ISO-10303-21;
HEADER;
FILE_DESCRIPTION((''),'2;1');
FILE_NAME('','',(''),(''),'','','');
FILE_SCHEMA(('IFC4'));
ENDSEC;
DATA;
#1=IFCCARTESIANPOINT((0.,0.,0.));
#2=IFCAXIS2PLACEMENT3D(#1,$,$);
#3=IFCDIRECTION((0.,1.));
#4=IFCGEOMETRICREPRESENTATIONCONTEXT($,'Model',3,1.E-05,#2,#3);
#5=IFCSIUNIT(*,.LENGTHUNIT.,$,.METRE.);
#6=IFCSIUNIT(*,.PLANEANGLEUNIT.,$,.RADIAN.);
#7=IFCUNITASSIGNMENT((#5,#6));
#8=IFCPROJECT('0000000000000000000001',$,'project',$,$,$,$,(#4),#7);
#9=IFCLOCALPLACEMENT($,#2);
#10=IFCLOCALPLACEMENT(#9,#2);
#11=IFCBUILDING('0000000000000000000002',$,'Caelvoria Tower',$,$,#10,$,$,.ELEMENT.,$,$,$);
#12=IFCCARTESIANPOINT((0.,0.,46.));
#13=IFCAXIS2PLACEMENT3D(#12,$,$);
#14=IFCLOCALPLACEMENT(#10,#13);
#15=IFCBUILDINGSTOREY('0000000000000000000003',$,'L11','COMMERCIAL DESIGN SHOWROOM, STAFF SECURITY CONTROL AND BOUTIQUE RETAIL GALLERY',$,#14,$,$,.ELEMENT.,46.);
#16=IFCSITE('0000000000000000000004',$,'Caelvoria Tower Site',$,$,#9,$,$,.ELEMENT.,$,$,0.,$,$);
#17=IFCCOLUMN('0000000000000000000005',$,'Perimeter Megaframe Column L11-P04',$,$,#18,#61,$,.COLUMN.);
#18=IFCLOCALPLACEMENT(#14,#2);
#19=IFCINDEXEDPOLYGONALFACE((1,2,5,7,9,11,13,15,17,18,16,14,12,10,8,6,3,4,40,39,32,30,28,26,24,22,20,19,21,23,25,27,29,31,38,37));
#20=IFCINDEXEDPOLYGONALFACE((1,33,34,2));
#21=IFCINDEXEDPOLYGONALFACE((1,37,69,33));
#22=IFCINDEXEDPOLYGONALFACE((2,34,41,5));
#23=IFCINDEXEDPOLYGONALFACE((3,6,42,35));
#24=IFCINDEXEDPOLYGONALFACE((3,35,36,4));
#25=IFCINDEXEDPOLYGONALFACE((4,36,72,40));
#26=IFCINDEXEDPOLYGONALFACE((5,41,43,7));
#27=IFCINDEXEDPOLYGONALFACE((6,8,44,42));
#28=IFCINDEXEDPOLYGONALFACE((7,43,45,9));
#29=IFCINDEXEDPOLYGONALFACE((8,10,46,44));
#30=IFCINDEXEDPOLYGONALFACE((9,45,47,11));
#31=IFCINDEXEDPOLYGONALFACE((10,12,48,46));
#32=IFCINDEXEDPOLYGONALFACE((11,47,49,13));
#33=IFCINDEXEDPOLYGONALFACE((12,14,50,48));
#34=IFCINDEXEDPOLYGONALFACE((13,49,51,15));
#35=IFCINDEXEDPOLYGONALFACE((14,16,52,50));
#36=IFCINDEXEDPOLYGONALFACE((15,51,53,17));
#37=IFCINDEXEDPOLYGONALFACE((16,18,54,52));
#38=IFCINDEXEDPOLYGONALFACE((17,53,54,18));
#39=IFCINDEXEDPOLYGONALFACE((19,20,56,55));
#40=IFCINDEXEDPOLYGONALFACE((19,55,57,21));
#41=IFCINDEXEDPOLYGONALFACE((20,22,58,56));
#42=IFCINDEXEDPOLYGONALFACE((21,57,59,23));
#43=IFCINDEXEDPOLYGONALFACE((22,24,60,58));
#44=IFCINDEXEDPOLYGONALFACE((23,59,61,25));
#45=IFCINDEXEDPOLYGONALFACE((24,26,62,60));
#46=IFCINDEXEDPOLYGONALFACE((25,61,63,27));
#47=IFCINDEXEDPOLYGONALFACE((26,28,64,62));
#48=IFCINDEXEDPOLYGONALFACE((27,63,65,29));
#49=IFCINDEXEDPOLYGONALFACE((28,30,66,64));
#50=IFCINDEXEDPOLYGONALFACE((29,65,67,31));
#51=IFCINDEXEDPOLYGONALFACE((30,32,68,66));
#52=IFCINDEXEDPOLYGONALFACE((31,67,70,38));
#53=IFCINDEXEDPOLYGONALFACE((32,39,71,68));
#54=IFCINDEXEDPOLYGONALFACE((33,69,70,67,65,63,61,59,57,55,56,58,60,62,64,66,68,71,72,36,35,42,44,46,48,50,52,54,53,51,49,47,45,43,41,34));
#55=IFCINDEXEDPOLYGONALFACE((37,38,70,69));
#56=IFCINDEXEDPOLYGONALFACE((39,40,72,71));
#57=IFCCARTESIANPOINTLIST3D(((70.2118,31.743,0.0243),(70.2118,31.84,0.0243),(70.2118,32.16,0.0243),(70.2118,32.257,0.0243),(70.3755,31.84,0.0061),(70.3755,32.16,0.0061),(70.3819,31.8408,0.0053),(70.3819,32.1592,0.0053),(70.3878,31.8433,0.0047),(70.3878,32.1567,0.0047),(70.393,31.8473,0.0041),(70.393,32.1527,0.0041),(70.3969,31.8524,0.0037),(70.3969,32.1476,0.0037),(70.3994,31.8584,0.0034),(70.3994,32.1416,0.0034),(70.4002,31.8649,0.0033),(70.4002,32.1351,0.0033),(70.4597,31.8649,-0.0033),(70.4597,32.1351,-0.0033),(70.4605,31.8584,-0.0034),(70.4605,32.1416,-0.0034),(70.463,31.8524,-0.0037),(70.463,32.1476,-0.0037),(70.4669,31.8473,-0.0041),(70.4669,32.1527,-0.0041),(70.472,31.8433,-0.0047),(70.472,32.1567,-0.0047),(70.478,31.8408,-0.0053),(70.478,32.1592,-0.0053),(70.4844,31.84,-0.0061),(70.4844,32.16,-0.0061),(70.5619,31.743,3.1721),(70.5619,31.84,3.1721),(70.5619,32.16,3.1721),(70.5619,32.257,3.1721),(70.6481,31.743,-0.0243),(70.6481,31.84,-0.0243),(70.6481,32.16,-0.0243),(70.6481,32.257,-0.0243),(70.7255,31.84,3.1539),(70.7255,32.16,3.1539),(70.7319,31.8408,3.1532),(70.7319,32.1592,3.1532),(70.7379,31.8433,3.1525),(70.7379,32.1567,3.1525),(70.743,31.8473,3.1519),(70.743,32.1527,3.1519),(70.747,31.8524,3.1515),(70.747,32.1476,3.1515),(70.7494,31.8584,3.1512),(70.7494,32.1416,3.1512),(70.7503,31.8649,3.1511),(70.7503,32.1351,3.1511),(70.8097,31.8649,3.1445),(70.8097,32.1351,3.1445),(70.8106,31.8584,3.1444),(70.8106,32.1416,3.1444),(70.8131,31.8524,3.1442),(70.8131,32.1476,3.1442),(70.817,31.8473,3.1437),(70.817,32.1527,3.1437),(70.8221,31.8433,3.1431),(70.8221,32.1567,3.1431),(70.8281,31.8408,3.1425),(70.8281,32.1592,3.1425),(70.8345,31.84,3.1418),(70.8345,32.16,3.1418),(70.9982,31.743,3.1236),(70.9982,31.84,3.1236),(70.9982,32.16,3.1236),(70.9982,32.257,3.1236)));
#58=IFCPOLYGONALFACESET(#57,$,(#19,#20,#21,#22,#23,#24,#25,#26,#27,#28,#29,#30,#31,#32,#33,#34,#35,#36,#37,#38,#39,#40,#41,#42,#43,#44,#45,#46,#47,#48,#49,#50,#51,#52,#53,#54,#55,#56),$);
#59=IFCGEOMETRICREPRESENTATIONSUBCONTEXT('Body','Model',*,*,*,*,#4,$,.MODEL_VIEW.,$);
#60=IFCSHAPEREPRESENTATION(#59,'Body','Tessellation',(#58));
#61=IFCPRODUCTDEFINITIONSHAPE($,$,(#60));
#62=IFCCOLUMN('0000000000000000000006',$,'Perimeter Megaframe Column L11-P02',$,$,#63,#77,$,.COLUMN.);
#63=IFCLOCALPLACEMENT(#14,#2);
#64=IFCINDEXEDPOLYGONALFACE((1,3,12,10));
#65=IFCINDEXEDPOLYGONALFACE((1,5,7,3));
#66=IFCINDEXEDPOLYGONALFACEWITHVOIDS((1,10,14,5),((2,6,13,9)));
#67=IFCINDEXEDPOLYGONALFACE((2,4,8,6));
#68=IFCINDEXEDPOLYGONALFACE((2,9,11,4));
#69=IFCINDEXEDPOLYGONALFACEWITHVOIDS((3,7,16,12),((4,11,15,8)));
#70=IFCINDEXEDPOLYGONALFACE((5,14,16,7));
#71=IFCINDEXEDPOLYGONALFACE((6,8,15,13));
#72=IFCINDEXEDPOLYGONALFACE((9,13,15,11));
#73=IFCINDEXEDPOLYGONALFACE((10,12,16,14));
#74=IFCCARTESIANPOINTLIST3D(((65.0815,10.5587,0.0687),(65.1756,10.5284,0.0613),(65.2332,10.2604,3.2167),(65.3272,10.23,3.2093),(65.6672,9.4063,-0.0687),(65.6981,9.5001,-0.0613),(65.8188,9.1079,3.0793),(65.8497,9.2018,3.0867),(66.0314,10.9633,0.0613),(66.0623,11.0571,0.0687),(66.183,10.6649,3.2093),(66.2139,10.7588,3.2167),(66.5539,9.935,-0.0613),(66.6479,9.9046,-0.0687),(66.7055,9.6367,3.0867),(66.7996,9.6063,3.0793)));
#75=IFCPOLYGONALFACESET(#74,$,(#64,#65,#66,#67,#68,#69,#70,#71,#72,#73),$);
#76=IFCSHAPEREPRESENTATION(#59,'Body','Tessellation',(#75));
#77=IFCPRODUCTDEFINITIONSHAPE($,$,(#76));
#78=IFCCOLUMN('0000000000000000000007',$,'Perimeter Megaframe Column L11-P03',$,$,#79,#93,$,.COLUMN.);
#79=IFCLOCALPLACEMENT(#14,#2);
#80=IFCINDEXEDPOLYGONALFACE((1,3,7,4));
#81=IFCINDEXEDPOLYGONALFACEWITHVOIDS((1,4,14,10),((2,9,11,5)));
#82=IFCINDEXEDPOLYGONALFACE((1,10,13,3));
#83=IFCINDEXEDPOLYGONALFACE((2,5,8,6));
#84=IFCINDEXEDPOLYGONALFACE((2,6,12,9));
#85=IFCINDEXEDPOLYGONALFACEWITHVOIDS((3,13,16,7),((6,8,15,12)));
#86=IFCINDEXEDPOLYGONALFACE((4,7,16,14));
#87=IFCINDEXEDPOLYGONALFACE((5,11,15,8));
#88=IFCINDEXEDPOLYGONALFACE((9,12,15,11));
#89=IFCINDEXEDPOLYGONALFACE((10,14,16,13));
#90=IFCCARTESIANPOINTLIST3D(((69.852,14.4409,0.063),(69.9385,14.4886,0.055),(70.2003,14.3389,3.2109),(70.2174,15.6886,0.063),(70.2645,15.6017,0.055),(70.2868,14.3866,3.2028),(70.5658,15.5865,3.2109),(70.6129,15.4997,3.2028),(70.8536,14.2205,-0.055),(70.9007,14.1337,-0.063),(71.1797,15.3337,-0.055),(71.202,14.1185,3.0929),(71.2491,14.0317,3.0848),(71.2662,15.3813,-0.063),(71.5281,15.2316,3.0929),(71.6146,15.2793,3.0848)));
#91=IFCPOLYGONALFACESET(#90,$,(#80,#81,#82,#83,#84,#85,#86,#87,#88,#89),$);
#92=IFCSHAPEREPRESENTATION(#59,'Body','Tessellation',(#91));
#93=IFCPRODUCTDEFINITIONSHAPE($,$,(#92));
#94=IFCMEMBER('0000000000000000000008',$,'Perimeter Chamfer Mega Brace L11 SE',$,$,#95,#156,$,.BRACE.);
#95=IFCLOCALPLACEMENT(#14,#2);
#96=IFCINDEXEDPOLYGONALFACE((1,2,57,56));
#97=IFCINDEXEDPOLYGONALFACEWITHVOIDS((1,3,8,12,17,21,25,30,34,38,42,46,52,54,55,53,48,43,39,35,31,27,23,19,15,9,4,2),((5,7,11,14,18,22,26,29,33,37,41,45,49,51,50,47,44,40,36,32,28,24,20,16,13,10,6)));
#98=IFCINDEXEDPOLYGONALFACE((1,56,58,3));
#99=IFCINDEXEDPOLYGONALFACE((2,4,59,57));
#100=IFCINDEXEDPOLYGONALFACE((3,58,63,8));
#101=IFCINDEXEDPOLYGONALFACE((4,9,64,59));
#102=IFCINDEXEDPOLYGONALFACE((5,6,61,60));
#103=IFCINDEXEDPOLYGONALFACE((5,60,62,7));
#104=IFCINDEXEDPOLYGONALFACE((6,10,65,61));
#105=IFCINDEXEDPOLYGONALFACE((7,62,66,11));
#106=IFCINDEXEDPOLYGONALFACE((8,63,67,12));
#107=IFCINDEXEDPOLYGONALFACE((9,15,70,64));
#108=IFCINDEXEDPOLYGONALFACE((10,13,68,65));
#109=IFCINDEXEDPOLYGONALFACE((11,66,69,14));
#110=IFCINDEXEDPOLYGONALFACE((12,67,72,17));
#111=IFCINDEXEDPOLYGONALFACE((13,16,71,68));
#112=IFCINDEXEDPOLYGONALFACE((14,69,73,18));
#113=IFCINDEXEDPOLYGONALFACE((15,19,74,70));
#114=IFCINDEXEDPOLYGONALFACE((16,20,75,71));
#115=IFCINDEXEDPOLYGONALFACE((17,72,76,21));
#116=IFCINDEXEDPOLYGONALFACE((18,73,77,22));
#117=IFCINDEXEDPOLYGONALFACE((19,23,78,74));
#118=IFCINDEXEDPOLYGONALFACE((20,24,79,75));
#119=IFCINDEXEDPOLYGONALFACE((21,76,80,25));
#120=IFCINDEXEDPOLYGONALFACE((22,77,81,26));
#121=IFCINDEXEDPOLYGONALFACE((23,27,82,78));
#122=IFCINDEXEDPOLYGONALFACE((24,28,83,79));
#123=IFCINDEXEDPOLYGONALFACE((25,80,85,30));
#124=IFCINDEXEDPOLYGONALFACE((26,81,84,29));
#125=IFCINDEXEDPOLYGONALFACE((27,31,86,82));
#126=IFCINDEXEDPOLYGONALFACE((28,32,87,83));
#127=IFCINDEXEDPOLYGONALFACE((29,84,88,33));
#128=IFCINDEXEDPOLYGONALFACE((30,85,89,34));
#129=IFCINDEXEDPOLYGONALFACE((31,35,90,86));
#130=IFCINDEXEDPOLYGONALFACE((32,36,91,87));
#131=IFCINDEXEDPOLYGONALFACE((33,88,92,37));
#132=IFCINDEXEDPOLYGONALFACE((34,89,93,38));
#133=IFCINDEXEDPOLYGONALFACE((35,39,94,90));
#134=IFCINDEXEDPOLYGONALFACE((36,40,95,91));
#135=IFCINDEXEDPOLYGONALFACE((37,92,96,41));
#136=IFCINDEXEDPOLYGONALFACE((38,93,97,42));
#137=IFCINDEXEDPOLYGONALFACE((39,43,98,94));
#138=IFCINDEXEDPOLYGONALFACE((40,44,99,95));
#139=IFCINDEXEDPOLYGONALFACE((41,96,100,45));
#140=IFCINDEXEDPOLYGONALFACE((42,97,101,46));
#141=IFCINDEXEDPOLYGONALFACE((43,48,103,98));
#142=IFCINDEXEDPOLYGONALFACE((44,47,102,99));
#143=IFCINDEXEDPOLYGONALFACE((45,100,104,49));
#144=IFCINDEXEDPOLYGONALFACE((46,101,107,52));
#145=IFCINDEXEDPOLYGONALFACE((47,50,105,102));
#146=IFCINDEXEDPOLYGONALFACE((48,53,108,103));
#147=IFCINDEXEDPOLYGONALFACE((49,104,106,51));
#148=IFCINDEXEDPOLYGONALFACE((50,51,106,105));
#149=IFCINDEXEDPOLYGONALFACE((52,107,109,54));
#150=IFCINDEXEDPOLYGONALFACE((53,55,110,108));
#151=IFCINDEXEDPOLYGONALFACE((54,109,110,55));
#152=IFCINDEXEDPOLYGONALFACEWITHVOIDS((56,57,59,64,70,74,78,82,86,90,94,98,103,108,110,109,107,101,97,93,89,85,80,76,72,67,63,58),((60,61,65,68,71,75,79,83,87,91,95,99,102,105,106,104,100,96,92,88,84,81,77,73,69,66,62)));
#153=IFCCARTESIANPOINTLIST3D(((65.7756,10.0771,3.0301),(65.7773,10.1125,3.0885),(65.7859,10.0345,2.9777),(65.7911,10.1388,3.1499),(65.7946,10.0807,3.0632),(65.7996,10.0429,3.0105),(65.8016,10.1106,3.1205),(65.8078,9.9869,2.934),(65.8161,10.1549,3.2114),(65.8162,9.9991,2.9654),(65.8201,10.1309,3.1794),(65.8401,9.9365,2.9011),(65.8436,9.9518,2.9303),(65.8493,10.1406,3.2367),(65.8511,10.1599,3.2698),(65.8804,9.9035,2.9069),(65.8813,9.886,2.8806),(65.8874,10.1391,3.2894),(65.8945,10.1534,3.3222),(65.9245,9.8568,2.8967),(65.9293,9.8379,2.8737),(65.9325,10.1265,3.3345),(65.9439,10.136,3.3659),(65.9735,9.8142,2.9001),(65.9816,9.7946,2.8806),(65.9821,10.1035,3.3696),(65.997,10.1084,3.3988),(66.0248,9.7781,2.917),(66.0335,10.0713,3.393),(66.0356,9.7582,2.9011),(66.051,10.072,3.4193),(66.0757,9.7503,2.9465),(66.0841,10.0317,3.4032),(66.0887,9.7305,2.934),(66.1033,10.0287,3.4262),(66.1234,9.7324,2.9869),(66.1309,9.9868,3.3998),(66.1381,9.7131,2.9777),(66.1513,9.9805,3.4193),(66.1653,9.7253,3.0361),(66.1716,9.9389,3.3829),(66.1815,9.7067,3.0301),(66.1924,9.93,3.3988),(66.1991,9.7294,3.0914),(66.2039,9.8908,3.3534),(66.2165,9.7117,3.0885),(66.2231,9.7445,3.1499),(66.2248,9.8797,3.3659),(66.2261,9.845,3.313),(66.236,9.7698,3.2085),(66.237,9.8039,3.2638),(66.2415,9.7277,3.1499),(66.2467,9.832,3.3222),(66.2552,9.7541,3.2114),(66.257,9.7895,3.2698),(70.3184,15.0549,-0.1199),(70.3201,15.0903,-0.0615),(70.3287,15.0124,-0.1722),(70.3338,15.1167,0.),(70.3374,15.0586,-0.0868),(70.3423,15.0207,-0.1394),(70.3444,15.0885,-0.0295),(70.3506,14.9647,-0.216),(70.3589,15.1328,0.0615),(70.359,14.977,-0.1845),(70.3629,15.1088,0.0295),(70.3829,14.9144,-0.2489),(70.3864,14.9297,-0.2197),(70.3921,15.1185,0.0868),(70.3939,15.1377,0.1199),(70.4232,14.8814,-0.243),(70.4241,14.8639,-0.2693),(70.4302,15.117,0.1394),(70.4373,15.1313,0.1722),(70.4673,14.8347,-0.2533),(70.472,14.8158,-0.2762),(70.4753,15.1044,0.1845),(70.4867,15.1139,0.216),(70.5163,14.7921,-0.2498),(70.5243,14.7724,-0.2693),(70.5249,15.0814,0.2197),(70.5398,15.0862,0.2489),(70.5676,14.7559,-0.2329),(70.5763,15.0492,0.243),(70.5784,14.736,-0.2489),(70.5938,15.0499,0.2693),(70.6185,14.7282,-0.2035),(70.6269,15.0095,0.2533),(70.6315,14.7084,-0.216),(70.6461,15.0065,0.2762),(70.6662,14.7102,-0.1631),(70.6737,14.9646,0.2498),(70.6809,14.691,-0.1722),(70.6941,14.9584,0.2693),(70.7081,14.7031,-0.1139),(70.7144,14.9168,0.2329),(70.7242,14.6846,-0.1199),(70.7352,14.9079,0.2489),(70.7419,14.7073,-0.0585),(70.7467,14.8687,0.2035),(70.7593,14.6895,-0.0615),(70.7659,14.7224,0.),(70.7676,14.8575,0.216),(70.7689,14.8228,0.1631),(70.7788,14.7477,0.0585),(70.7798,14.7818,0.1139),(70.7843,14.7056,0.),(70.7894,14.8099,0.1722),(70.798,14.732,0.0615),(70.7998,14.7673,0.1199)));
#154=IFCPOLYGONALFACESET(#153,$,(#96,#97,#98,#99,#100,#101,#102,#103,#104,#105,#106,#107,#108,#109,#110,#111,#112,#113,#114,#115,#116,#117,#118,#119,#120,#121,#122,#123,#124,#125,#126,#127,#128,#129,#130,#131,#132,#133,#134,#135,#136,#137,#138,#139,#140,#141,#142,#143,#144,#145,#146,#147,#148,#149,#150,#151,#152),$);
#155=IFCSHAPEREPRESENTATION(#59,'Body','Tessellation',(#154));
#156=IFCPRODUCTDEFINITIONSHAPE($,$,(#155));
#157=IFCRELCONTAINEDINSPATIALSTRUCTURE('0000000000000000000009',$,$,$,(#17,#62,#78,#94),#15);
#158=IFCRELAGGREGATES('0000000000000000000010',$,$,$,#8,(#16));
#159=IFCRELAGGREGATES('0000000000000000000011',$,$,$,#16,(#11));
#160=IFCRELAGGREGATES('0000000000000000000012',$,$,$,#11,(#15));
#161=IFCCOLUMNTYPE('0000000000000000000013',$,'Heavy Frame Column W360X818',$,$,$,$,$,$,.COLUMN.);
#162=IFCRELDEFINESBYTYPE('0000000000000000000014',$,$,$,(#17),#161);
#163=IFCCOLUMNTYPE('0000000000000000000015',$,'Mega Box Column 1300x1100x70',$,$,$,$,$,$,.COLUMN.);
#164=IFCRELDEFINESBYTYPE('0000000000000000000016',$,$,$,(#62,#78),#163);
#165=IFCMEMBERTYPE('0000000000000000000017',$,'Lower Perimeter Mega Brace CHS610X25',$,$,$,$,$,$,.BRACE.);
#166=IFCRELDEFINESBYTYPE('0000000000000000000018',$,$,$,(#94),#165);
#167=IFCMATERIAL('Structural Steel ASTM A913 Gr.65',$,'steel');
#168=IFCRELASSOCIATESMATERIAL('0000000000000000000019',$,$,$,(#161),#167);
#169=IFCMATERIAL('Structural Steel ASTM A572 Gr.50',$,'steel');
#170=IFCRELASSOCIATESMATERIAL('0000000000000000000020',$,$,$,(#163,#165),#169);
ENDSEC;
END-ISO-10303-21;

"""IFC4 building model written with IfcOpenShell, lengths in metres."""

from ifc_helpers import new_model, si_unit, direction, frame, origin, origin_2d, place, context, subcontext, project, spatial, hollow_rectangle, hollow_circle, i_section, extrude, material, material_profile, profile_set, type_object, element, save


model = new_model("IFC4")

# Units and contexts
model_context = context("Model", 3, precision=1e-05, world=origin(), true_north=direction((0.0, 1.0)))
body_context = subcontext(model_context, "Body", "Model", "MODEL_VIEW")
ifc_project = project(units=[si_unit("LENGTHUNIT", "METRE"), si_unit("PLANEANGLEUNIT", "RADIAN")], contexts=[model_context])

# Site, building, storey
site_placement = place(None, origin())
site = spatial("IfcSite", under=ifc_project, at=site_placement, Name="Caelvoria Tower Site", CompositionType="ELEMENT", RefElevation=0.0)
building_placement = place(site_placement, origin())
building = spatial("IfcBuilding", under=site, at=building_placement, Name="Caelvoria Tower", CompositionType="ELEMENT")
storey_placement = place(building_placement, frame((0.0, 0.0, 46.0)))
storey = spatial("IfcBuildingStorey", under=building, at=storey_placement, Name="L11", Description="COMMERCIAL DESIGN SHOWROOM, STAFF SECURITY CONTROL AND BOUTIQUE RETAIL GALLERY", CompositionType="ELEMENT", Elevation=46.0)

# Columns
ifc_material_1 = material(Name="Structural Steel ASTM A913 Gr.65", Category="steel")
ifc_material_profile_1 = material_profile(ifc_material_1, i_section(OverallWidth=0.439, OverallDepth=0.5139, WebThickness=0.0598, FlangeThickness=0.0969, FilletRadius=0.0249, at=origin_2d()), Name="Structural Steel ASTM A913 Gr.65")
ifc_profile_set_1 = profile_set([ifc_material_profile_1], Name="W360X818 - Structural Steel ASTM A913 Gr.65")
column_type_1 = type_object("IfcColumnType", Name="Heavy Frame Column W360X818", PredefinedType="COLUMN", material=ifc_profile_set_1)
column_1_placement = place(storey_placement, frame((70.4299, 32.0, 0.0), z_axis=(0.110533, 0.0, 0.993872), x_axis=(-0.993872, 0.0, 0.110533)))
element("IfcColumn", 1, at=column_1_placement, inside=storey, type_object=column_type_1, Name="Perimeter Megaframe Column L11-P04", PredefinedType="COLUMN", context=body_context, shape_type="SweptSolid", body=[
    extrude(i_section(OverallWidth=0.439, OverallDepth=0.5139, WebThickness=0.0598, FlangeThickness=0.0969, FilletRadius=0.0249, at=origin_2d()), origin(), (0.0, 0.0, 1.0), 3.1672),
])
ifc_material_2 = material(Name="Structural Steel ASTM A572 Gr.50", Category="steel")
ifc_material_profile_2 = material_profile(ifc_material_2, hollow_rectangle(XDim=1.1001, YDim=1.3, WallThickness=0.0701, at=origin_2d()), Name="Structural Steel ASTM A572 Gr.50")
ifc_profile_set_2 = profile_set([ifc_material_profile_2], Name="BOX1300X1100X70 - Structural Steel ASTM A572 Gr.50")
column_type_2 = type_object("IfcColumnType", Name="Mega Box Column 1300x1100x70", PredefinedType="COLUMN", material=ifc_profile_set_2)
column_2_placement = place(storey_placement, frame((65.8647, 10.2317, 0.0), z_axis=(0.047892, -0.094242, 0.994397), x_axis=(0.89149, 0.45304, 0.0)))
element("IfcColumn", 2, at=column_2_placement, inside=storey, type_object=column_type_2, Name="Perimeter Megaframe Column L11-P02", PredefinedType="COLUMN", context=body_context, shape_type="SweptSolid", body=[
    extrude(hollow_rectangle(XDim=1.1001, YDim=1.3, WallThickness=0.0701, at=origin_2d()), origin(), (0.0, 0.0, 1.0), 3.1658),
])
column_3_placement = place(storey_placement, frame((70.5591, 14.9111, 0.0), z_axis=(0.109943, -0.032205, 0.993416), x_axis=(-0.953357, 0.279259, 0.114563)))
element("IfcColumn", 3, at=column_3_placement, inside=storey, type_object=column_type_2, Name="Perimeter Megaframe Column L11-P03", PredefinedType="COLUMN", context=body_context, shape_type="SweptSolid", body=[
    extrude(hollow_rectangle(XDim=1.1001, YDim=1.3, WallThickness=0.0701, at=origin_2d()), origin(), (0.0, 0.0, 1.0), 3.1687),
])

# Member
ifc_material_profile_3 = material_profile(ifc_material_2, hollow_circle(Radius=0.3049, WallThickness=0.0249, at=origin_2d()), Name="Structural Steel ASTM A572 Gr.50")
ifc_profile_set_3 = profile_set([ifc_material_profile_3], Name="CHS610X25 - Structural Steel ASTM A572 Gr.50")
member_type = type_object("IfcMemberType", Name="Lower Perimeter Mega Brace CHS610X25", PredefinedType="BRACE", material=ifc_profile_set_3)
member_placement = place(storey_placement, frame((70.5591, 14.9111, 0.0), z_axis=(-0.610675, -0.66916, 0.423439), x_axis=(0.738649, -0.674091, 0.0)))
element("IfcMember", 4, at=member_placement, inside=storey, type_object=member_type, Name="Perimeter Chamfer Mega Brace L11 SE", PredefinedType="BRACE", context=body_context, shape_type="SweptSolid", body=[
    extrude(hollow_circle(Radius=0.3049, WallThickness=0.0249, at=origin_2d()), origin(), (0.0, 0.0, 1.0), 7.439),
])

save(model, "model.ifc")
